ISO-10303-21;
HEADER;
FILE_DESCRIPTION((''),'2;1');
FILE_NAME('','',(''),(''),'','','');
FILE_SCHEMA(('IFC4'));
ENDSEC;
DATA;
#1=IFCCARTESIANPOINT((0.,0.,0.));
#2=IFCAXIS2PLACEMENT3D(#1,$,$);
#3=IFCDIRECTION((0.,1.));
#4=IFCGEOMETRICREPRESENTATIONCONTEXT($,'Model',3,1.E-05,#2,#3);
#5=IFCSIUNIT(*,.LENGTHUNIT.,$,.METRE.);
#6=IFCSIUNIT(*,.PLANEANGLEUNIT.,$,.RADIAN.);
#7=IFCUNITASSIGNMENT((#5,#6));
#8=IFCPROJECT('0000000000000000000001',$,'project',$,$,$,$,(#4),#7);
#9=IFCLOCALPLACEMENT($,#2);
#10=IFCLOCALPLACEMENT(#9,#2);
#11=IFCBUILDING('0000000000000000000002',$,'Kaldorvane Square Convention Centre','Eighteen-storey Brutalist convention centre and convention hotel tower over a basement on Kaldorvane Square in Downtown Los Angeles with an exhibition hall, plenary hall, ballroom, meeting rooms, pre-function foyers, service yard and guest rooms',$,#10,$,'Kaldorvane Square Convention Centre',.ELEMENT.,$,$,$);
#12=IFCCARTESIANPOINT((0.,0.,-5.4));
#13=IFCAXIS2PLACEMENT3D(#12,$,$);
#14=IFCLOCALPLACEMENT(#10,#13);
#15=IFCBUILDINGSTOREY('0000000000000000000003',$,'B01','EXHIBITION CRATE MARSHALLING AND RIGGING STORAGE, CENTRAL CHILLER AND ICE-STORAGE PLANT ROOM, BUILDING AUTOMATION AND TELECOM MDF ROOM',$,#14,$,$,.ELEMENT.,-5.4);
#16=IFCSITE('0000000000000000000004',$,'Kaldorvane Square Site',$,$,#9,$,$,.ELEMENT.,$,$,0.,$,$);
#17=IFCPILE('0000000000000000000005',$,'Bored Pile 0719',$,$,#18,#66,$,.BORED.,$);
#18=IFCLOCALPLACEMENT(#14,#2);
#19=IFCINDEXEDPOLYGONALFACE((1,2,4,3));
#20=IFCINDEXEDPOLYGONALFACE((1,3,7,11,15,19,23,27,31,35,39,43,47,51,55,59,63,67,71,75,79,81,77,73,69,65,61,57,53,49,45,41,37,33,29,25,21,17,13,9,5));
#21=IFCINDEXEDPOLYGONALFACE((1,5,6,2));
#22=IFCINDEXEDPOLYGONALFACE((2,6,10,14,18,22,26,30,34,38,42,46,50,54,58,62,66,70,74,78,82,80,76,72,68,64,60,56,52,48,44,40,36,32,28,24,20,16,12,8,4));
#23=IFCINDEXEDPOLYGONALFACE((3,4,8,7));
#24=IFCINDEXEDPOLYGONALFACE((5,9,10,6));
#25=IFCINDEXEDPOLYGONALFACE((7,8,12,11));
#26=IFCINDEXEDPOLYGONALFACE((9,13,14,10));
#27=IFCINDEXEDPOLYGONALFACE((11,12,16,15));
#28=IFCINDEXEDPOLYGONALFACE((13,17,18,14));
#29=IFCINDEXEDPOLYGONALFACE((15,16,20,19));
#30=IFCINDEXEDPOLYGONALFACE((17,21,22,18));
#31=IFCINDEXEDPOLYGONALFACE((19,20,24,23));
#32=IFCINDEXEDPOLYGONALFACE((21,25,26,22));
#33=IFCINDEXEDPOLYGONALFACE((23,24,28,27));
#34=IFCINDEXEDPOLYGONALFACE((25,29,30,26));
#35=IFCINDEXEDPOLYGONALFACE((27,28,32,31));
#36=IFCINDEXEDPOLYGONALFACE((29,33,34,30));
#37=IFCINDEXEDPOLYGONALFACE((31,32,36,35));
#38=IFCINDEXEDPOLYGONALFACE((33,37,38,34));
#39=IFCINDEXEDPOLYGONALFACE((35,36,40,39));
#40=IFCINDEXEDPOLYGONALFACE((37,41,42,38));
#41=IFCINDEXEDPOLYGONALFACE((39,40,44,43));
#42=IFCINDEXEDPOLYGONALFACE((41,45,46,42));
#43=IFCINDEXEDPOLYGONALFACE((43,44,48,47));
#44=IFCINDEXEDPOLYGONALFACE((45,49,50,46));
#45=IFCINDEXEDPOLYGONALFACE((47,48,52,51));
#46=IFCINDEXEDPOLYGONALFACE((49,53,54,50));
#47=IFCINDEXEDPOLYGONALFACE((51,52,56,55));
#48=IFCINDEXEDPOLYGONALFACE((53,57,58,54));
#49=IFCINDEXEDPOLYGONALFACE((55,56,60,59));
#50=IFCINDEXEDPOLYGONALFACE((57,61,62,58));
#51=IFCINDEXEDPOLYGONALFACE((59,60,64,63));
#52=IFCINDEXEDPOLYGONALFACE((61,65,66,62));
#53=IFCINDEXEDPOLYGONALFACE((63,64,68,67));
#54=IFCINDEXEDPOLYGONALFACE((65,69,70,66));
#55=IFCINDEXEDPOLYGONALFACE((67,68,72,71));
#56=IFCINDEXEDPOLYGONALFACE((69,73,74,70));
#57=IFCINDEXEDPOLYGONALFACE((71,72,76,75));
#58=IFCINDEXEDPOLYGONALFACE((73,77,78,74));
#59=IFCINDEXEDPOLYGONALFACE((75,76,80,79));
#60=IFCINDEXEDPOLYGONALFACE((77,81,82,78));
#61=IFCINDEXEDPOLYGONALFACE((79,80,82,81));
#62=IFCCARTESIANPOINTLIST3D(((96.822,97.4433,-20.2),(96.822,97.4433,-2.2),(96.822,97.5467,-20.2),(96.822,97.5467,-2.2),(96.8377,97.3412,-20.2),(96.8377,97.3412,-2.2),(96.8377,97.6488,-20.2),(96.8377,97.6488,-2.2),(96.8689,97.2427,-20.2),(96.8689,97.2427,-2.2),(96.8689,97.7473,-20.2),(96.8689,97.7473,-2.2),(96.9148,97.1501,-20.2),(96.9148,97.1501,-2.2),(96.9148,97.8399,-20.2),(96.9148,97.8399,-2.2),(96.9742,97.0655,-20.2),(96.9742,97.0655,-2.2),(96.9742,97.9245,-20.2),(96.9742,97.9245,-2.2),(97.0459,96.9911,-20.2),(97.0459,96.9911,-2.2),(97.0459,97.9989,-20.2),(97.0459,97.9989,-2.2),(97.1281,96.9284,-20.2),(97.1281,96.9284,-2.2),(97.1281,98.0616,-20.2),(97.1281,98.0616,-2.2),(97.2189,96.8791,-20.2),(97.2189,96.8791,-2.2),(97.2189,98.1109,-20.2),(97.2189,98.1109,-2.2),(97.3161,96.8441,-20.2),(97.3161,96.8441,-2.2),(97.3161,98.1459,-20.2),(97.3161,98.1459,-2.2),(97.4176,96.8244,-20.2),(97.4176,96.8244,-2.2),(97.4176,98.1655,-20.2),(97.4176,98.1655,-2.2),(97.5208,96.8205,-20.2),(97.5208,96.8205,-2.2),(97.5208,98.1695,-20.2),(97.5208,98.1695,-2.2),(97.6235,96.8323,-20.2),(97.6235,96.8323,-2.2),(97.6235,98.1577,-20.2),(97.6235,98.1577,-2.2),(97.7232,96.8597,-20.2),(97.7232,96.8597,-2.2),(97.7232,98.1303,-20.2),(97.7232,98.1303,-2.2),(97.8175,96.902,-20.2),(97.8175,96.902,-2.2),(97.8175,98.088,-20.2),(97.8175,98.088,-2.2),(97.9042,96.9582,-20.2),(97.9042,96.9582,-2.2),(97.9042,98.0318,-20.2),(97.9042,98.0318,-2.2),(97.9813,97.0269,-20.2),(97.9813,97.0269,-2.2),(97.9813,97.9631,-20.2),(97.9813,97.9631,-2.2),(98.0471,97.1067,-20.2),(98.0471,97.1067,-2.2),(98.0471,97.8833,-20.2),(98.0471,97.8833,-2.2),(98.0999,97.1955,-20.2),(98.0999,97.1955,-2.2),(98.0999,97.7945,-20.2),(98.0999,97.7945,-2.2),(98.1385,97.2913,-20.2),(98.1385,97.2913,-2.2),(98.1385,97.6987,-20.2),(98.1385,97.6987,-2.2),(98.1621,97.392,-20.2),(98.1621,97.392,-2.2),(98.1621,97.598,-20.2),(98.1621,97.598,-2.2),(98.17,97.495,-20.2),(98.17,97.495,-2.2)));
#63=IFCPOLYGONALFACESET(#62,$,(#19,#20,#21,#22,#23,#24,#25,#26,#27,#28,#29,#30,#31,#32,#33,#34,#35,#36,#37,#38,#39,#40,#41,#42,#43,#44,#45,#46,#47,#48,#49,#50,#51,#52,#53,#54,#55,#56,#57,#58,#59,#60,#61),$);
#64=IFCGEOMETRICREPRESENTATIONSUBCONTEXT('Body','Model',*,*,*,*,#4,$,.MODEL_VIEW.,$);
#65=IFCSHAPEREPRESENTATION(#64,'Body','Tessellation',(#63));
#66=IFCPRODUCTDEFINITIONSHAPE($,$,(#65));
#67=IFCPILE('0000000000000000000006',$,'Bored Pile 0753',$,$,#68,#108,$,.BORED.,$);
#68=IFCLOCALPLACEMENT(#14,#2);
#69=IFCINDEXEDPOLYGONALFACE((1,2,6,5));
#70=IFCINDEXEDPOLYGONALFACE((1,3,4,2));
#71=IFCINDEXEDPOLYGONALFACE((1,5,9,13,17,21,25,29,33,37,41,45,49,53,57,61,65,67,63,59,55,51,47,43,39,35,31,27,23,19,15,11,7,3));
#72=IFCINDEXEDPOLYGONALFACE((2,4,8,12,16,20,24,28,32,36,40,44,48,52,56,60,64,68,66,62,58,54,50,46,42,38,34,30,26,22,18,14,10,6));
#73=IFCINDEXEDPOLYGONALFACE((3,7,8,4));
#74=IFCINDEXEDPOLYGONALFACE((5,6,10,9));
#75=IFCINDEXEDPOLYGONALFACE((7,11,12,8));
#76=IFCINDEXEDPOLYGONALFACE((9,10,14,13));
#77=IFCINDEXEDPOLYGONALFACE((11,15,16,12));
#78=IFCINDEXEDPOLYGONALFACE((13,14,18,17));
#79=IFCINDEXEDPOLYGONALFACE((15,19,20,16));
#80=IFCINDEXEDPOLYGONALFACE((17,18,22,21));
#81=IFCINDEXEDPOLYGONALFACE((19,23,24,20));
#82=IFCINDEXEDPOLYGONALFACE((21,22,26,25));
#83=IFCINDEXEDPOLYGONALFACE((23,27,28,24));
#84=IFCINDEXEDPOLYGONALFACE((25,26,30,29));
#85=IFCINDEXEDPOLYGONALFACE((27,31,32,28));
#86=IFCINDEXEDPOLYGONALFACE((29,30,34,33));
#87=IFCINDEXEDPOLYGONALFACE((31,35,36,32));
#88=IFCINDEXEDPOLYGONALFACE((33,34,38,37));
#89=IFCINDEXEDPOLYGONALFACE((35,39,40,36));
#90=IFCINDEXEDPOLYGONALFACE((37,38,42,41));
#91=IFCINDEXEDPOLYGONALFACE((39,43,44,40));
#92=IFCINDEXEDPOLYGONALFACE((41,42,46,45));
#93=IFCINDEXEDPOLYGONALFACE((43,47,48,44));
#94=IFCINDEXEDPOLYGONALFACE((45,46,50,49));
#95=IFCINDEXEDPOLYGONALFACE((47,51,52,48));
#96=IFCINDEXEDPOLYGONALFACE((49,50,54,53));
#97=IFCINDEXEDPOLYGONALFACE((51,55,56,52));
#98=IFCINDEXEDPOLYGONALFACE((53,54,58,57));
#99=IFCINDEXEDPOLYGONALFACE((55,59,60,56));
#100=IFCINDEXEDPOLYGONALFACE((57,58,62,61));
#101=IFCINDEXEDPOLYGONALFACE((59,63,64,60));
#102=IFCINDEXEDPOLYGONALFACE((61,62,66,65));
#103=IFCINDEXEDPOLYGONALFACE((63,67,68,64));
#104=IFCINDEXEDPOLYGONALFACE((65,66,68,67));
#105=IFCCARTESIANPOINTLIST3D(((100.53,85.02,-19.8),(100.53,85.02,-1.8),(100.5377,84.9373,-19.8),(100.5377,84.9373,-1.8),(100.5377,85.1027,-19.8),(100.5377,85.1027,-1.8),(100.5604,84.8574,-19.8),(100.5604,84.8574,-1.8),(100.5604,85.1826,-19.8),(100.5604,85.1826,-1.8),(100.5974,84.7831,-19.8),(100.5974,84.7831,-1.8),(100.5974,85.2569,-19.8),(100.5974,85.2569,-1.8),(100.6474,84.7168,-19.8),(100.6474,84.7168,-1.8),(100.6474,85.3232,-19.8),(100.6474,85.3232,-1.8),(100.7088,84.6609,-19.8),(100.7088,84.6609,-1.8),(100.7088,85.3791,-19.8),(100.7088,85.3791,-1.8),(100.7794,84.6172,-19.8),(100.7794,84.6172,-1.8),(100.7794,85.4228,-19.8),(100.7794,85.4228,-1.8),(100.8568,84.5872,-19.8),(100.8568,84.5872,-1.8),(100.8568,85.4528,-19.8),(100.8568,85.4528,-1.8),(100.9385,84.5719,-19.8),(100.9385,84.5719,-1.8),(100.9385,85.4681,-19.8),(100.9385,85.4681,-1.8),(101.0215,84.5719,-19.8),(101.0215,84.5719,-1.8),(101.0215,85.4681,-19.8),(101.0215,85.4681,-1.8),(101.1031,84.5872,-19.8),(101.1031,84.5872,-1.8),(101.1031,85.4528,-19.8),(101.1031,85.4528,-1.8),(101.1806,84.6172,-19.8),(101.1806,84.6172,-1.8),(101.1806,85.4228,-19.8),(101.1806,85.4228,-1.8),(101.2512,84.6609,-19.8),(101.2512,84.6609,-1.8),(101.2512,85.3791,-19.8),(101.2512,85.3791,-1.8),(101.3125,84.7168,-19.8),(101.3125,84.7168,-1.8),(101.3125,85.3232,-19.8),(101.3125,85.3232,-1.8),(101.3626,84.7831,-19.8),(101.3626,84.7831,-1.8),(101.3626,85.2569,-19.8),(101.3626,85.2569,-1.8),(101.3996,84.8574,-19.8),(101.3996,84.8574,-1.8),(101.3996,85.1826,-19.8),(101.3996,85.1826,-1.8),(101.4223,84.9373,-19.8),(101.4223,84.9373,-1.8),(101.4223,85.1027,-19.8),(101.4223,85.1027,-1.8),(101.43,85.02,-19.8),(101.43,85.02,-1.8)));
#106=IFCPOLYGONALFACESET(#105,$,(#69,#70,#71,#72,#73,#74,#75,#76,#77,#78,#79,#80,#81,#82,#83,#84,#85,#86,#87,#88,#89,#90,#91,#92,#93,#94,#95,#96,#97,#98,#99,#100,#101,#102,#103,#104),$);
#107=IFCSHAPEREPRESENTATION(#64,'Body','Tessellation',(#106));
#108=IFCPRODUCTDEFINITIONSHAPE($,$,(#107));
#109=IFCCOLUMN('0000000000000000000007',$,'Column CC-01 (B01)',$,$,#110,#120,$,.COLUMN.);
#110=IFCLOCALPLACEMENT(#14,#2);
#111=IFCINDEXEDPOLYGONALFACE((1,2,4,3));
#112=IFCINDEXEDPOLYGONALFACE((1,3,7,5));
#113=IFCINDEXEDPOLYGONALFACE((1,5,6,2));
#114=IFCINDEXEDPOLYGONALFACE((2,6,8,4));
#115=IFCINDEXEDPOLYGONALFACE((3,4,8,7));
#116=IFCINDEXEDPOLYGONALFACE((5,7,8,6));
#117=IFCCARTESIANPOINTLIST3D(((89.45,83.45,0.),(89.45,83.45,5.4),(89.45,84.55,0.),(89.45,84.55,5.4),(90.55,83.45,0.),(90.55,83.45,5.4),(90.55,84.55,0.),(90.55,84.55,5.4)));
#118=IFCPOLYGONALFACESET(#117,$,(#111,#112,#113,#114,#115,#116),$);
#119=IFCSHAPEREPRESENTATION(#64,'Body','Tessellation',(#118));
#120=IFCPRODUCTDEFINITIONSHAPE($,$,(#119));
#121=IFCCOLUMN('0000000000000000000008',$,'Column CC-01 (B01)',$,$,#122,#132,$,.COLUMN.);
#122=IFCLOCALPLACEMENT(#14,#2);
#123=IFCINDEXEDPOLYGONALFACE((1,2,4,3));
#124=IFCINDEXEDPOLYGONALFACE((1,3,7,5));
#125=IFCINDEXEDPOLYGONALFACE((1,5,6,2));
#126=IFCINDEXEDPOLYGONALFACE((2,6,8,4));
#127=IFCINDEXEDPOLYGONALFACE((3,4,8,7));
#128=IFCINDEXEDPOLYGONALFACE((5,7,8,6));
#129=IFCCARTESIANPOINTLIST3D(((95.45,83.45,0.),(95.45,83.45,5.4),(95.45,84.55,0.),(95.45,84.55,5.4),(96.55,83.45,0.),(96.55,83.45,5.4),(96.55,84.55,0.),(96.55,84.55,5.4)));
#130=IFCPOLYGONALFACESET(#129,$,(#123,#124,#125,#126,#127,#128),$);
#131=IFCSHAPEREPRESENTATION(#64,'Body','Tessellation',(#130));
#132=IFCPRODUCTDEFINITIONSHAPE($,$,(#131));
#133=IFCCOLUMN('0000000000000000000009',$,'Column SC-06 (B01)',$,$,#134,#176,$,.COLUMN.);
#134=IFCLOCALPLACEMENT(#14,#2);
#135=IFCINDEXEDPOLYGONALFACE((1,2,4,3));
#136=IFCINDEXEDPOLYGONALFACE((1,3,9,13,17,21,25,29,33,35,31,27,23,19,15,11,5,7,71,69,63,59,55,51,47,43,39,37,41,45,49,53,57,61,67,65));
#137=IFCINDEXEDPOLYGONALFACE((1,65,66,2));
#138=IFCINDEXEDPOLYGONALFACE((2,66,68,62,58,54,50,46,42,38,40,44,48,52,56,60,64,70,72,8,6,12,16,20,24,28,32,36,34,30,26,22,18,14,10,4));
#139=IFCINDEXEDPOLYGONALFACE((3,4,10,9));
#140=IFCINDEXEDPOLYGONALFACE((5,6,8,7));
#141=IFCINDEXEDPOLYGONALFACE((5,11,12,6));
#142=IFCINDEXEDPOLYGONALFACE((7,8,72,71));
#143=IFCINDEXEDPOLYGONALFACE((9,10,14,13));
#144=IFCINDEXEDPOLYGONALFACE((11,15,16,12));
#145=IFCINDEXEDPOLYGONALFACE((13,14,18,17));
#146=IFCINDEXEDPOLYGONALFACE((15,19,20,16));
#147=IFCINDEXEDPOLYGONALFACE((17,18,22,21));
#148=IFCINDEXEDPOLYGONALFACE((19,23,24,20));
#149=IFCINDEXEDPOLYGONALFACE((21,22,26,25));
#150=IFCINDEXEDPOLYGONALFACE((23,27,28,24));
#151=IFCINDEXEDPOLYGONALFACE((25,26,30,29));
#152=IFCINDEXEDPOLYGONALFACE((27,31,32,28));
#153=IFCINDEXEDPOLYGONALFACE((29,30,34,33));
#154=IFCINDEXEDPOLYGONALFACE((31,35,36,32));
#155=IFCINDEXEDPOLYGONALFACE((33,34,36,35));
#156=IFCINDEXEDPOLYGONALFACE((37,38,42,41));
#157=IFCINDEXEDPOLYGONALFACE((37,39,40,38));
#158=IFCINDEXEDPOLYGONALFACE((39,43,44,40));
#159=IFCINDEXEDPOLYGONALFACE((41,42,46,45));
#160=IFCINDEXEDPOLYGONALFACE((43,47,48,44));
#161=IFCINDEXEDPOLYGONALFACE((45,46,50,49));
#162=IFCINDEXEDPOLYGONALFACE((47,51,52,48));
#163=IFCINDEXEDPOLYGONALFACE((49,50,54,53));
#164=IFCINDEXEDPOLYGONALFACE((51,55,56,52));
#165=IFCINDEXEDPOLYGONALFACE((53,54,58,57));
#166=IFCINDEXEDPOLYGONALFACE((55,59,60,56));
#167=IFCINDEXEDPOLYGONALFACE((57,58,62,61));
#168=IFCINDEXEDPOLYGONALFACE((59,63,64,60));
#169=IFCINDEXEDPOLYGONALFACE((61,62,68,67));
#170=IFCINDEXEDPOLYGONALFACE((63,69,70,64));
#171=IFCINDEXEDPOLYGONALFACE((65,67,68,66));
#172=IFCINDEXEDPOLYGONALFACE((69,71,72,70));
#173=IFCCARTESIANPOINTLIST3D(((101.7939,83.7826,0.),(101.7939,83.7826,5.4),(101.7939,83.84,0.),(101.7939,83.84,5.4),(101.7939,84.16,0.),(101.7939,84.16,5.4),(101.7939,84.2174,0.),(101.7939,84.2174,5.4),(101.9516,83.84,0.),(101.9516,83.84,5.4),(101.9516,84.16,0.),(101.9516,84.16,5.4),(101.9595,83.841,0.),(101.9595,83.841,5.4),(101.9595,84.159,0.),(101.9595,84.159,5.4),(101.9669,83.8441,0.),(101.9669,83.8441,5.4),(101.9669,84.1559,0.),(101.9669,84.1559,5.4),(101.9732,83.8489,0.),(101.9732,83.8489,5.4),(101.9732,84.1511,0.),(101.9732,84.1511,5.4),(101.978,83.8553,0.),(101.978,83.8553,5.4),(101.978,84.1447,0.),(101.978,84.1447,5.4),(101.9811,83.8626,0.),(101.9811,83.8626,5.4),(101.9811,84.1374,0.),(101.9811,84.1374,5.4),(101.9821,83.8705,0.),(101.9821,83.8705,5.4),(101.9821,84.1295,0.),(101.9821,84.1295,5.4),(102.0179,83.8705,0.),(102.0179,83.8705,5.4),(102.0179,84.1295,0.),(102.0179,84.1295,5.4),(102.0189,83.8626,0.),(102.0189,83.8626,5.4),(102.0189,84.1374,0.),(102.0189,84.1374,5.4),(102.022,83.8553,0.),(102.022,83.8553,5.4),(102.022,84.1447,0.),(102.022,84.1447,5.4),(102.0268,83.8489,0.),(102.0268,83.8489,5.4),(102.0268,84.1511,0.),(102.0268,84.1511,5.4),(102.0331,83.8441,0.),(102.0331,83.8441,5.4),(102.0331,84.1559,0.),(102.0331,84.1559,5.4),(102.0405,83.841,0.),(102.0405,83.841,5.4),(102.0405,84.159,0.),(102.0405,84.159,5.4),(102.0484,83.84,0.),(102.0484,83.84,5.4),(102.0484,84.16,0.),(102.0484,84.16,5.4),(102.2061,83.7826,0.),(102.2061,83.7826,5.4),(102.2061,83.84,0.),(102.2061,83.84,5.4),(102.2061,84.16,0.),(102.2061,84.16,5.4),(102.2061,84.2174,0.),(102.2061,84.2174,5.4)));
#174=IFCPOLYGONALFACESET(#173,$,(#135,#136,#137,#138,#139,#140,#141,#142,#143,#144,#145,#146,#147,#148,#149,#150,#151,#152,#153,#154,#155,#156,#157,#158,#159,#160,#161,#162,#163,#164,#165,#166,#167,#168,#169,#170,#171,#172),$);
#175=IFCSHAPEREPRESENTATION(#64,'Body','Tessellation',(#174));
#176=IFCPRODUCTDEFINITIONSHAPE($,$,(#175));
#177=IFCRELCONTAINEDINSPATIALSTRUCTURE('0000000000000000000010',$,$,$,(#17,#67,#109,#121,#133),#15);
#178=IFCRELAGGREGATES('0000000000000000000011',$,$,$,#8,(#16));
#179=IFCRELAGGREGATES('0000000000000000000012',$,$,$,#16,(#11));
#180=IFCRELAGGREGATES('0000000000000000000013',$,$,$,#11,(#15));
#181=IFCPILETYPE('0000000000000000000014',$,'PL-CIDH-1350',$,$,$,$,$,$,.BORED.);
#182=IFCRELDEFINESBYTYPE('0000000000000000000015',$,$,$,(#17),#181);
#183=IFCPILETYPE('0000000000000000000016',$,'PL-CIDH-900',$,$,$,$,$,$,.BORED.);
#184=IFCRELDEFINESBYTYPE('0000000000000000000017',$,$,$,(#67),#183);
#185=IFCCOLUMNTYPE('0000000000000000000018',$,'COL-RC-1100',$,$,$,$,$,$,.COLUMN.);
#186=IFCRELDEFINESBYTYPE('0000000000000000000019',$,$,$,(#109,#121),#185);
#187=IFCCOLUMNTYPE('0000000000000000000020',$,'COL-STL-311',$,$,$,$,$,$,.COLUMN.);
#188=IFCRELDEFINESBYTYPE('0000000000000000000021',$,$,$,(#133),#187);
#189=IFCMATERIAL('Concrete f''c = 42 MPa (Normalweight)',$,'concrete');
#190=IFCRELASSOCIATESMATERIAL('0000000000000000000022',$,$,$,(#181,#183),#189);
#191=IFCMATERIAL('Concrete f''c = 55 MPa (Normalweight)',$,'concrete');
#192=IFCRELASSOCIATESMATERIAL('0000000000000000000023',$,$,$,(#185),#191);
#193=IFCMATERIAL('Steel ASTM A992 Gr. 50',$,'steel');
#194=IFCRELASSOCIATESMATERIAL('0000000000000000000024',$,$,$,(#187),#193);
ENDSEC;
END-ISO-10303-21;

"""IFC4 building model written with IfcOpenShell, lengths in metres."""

from ifc_helpers import new_model, si_unit, direction, frame, origin, origin_2d, place, context, subcontext, project, spatial, rectangle, circle, i_section, extrude, material, material_profile, profile_set, type_object, element, save


model = new_model("IFC4")

# Units and contexts
model_context = context("Model", 3, precision=1e-05, world=origin(), true_north=direction((0.0, 1.0)))
body_context = subcontext(model_context, "Body", "Model", "MODEL_VIEW")
ifc_project = project(units=[si_unit("LENGTHUNIT", "METRE"), si_unit("PLANEANGLEUNIT", "RADIAN")], contexts=[model_context])

# Site, building, storey
site_placement = place(None, origin())
site = spatial("IfcSite", under=ifc_project, at=site_placement, Name="Kaldorvane Square Site", CompositionType="ELEMENT", RefElevation=0.0)
building_placement = place(site_placement, origin())
building = spatial("IfcBuilding", under=site, at=building_placement, Name="Kaldorvane Square Convention Centre", Description="Eighteen-storey Brutalist convention centre and convention hotel tower over a basement on Kaldorvane Square in Downtown Los Angeles with an exhibition hall, plenary hall, ballroom, meeting rooms, pre-function foyers, service yard and guest rooms", LongName="Kaldorvane Square Convention Centre", CompositionType="ELEMENT")
storey_placement = place(building_placement, frame((0.0, 0.0, -5.4)))
storey = spatial("IfcBuildingStorey", under=building, at=storey_placement, Name="B01", Description="EXHIBITION CRATE MARSHALLING AND RIGGING STORAGE, CENTRAL CHILLER AND ICE-STORAGE PLANT ROOM, BUILDING AUTOMATION AND TELECOM MDF ROOM", CompositionType="ELEMENT", Elevation=-5.4)

# Shared definitions
ifc_material_1 = material(Name="Concrete f'c = 42 MPa (Normalweight)", Category="concrete")

# Piles
ifc_material_profile_1 = material_profile(ifc_material_1, circle(Radius=0.675, at=origin_2d()), Name="PILE-D1350")
ifc_profile_set_1 = profile_set([ifc_material_profile_1], Name="Concrete f'c = 42 MPa (Normalweight)")
pile_type_1 = type_object("IfcPileType", Name="PL-CIDH-1350", PredefinedType="BORED", material=ifc_profile_set_1)
for number, where, z_axis, x_axis, name in (
    (1, (97.495, 97.495, -2.2), (0.0, 0.0, -1.0), (1.0, 0.0, 0.0), "Bored Pile 0719"),
):
    element("IfcPile", number, at=place(storey_placement, frame(where, z_axis=z_axis, x_axis=x_axis)), inside=storey, type_object=pile_type_1, Name=name, PredefinedType="BORED", context=body_context, shape_type="SweptSolid", body=[
        extrude(circle(Radius=0.675, at=origin_2d()), origin(), (0.0, 0.0, 1.0), 18.0),
    ])
ifc_material_profile_2 = material_profile(ifc_material_1, circle(Radius=0.45, at=origin_2d()), Name="PILE-D900")
ifc_profile_set_2 = profile_set([ifc_material_profile_2], Name="Concrete f'c = 42 MPa (Normalweight)")
pile_type_2 = type_object("IfcPileType", Name="PL-CIDH-900", PredefinedType="BORED", material=ifc_profile_set_2)
pile_placement = place(storey_placement, frame((100.98, 85.02, -1.8), z_axis=(0.0, 0.0, -1.0), x_axis=(1.0, 0.0, 0.0)))
element("IfcPile", 2, at=pile_placement, inside=storey, type_object=pile_type_2, Name="Bored Pile 0753", PredefinedType="BORED", context=body_context, shape_type="SweptSolid", body=[
    extrude(circle(Radius=0.45, at=origin_2d()), origin(), (0.0, 0.0, 1.0), 18.0),
])

# Columns
ifc_material_2 = material(Name="Concrete f'c = 55 MPa (Normalweight)", Category="concrete")
ifc_material_profile_3 = material_profile(ifc_material_2, rectangle(XDim=1.1, YDim=1.1, at=origin_2d()), Name="RC1100X1100")
ifc_profile_set_3 = profile_set([ifc_material_profile_3], Name="Concrete f'c = 55 MPa (Normalweight)")
column_type_1 = type_object("IfcColumnType", Name="COL-RC-1100", PredefinedType="COLUMN", material=ifc_profile_set_3)
for number, where, z_axis, x_axis, name in (
    (3, (90.0, 84.0, 0.0), (0.0, 0.0, 1.0), (1.0, 0.0, 0.0), "Column CC-01 (B01)"),
    (4, (96.0, 84.0, 0.0), (0.0, 0.0, 1.0), (1.0, 0.0, 0.0), "Column CC-01 (B01)"),
):
    element("IfcColumn", number, at=place(storey_placement, frame(where, z_axis=z_axis, x_axis=x_axis)), inside=storey, type_object=column_type_1, Name=name, PredefinedType="COLUMN", context=body_context, shape_type="SweptSolid", body=[
        extrude(rectangle(XDim=1.1, YDim=1.1, at=origin_2d()), origin(), (0.0, 0.0, 1.0), 5.4),
    ])
ifc_material_3 = material(Name="Steel ASTM A992 Gr. 50", Category="steel")
ifc_material_profile_4 = material_profile(ifc_material_3, i_section(OverallWidth=0.4122, OverallDepth=0.4348, WebThickness=0.0358, FlangeThickness=0.0574, FilletRadius=0.0305, at=origin_2d()), Name="W14X311")
ifc_profile_set_4 = profile_set([ifc_material_profile_4], Name="Steel ASTM A992 Gr. 50")
column_type_2 = type_object("IfcColumnType", Name="COL-STL-311", PredefinedType="COLUMN", material=ifc_profile_set_4)
for number, where, z_axis, x_axis, name in (
    (5, (102.0, 84.0, 0.0), (0.0, 0.0, 1.0), (1.0, 0.0, 0.0), "Column SC-06 (B01)"),
):
    element("IfcColumn", number, at=place(storey_placement, frame(where, z_axis=z_axis, x_axis=x_axis)), inside=storey, type_object=column_type_2, Name=name, PredefinedType="COLUMN", context=body_context, shape_type="SweptSolid", body=[
        extrude(i_section(OverallWidth=0.4122, OverallDepth=0.4348, WebThickness=0.0358, FlangeThickness=0.0574, FilletRadius=0.0305, at=origin_2d()), origin(), (0.0, 0.0, 1.0), 5.4),
    ])

save(model, "model.ifc")
